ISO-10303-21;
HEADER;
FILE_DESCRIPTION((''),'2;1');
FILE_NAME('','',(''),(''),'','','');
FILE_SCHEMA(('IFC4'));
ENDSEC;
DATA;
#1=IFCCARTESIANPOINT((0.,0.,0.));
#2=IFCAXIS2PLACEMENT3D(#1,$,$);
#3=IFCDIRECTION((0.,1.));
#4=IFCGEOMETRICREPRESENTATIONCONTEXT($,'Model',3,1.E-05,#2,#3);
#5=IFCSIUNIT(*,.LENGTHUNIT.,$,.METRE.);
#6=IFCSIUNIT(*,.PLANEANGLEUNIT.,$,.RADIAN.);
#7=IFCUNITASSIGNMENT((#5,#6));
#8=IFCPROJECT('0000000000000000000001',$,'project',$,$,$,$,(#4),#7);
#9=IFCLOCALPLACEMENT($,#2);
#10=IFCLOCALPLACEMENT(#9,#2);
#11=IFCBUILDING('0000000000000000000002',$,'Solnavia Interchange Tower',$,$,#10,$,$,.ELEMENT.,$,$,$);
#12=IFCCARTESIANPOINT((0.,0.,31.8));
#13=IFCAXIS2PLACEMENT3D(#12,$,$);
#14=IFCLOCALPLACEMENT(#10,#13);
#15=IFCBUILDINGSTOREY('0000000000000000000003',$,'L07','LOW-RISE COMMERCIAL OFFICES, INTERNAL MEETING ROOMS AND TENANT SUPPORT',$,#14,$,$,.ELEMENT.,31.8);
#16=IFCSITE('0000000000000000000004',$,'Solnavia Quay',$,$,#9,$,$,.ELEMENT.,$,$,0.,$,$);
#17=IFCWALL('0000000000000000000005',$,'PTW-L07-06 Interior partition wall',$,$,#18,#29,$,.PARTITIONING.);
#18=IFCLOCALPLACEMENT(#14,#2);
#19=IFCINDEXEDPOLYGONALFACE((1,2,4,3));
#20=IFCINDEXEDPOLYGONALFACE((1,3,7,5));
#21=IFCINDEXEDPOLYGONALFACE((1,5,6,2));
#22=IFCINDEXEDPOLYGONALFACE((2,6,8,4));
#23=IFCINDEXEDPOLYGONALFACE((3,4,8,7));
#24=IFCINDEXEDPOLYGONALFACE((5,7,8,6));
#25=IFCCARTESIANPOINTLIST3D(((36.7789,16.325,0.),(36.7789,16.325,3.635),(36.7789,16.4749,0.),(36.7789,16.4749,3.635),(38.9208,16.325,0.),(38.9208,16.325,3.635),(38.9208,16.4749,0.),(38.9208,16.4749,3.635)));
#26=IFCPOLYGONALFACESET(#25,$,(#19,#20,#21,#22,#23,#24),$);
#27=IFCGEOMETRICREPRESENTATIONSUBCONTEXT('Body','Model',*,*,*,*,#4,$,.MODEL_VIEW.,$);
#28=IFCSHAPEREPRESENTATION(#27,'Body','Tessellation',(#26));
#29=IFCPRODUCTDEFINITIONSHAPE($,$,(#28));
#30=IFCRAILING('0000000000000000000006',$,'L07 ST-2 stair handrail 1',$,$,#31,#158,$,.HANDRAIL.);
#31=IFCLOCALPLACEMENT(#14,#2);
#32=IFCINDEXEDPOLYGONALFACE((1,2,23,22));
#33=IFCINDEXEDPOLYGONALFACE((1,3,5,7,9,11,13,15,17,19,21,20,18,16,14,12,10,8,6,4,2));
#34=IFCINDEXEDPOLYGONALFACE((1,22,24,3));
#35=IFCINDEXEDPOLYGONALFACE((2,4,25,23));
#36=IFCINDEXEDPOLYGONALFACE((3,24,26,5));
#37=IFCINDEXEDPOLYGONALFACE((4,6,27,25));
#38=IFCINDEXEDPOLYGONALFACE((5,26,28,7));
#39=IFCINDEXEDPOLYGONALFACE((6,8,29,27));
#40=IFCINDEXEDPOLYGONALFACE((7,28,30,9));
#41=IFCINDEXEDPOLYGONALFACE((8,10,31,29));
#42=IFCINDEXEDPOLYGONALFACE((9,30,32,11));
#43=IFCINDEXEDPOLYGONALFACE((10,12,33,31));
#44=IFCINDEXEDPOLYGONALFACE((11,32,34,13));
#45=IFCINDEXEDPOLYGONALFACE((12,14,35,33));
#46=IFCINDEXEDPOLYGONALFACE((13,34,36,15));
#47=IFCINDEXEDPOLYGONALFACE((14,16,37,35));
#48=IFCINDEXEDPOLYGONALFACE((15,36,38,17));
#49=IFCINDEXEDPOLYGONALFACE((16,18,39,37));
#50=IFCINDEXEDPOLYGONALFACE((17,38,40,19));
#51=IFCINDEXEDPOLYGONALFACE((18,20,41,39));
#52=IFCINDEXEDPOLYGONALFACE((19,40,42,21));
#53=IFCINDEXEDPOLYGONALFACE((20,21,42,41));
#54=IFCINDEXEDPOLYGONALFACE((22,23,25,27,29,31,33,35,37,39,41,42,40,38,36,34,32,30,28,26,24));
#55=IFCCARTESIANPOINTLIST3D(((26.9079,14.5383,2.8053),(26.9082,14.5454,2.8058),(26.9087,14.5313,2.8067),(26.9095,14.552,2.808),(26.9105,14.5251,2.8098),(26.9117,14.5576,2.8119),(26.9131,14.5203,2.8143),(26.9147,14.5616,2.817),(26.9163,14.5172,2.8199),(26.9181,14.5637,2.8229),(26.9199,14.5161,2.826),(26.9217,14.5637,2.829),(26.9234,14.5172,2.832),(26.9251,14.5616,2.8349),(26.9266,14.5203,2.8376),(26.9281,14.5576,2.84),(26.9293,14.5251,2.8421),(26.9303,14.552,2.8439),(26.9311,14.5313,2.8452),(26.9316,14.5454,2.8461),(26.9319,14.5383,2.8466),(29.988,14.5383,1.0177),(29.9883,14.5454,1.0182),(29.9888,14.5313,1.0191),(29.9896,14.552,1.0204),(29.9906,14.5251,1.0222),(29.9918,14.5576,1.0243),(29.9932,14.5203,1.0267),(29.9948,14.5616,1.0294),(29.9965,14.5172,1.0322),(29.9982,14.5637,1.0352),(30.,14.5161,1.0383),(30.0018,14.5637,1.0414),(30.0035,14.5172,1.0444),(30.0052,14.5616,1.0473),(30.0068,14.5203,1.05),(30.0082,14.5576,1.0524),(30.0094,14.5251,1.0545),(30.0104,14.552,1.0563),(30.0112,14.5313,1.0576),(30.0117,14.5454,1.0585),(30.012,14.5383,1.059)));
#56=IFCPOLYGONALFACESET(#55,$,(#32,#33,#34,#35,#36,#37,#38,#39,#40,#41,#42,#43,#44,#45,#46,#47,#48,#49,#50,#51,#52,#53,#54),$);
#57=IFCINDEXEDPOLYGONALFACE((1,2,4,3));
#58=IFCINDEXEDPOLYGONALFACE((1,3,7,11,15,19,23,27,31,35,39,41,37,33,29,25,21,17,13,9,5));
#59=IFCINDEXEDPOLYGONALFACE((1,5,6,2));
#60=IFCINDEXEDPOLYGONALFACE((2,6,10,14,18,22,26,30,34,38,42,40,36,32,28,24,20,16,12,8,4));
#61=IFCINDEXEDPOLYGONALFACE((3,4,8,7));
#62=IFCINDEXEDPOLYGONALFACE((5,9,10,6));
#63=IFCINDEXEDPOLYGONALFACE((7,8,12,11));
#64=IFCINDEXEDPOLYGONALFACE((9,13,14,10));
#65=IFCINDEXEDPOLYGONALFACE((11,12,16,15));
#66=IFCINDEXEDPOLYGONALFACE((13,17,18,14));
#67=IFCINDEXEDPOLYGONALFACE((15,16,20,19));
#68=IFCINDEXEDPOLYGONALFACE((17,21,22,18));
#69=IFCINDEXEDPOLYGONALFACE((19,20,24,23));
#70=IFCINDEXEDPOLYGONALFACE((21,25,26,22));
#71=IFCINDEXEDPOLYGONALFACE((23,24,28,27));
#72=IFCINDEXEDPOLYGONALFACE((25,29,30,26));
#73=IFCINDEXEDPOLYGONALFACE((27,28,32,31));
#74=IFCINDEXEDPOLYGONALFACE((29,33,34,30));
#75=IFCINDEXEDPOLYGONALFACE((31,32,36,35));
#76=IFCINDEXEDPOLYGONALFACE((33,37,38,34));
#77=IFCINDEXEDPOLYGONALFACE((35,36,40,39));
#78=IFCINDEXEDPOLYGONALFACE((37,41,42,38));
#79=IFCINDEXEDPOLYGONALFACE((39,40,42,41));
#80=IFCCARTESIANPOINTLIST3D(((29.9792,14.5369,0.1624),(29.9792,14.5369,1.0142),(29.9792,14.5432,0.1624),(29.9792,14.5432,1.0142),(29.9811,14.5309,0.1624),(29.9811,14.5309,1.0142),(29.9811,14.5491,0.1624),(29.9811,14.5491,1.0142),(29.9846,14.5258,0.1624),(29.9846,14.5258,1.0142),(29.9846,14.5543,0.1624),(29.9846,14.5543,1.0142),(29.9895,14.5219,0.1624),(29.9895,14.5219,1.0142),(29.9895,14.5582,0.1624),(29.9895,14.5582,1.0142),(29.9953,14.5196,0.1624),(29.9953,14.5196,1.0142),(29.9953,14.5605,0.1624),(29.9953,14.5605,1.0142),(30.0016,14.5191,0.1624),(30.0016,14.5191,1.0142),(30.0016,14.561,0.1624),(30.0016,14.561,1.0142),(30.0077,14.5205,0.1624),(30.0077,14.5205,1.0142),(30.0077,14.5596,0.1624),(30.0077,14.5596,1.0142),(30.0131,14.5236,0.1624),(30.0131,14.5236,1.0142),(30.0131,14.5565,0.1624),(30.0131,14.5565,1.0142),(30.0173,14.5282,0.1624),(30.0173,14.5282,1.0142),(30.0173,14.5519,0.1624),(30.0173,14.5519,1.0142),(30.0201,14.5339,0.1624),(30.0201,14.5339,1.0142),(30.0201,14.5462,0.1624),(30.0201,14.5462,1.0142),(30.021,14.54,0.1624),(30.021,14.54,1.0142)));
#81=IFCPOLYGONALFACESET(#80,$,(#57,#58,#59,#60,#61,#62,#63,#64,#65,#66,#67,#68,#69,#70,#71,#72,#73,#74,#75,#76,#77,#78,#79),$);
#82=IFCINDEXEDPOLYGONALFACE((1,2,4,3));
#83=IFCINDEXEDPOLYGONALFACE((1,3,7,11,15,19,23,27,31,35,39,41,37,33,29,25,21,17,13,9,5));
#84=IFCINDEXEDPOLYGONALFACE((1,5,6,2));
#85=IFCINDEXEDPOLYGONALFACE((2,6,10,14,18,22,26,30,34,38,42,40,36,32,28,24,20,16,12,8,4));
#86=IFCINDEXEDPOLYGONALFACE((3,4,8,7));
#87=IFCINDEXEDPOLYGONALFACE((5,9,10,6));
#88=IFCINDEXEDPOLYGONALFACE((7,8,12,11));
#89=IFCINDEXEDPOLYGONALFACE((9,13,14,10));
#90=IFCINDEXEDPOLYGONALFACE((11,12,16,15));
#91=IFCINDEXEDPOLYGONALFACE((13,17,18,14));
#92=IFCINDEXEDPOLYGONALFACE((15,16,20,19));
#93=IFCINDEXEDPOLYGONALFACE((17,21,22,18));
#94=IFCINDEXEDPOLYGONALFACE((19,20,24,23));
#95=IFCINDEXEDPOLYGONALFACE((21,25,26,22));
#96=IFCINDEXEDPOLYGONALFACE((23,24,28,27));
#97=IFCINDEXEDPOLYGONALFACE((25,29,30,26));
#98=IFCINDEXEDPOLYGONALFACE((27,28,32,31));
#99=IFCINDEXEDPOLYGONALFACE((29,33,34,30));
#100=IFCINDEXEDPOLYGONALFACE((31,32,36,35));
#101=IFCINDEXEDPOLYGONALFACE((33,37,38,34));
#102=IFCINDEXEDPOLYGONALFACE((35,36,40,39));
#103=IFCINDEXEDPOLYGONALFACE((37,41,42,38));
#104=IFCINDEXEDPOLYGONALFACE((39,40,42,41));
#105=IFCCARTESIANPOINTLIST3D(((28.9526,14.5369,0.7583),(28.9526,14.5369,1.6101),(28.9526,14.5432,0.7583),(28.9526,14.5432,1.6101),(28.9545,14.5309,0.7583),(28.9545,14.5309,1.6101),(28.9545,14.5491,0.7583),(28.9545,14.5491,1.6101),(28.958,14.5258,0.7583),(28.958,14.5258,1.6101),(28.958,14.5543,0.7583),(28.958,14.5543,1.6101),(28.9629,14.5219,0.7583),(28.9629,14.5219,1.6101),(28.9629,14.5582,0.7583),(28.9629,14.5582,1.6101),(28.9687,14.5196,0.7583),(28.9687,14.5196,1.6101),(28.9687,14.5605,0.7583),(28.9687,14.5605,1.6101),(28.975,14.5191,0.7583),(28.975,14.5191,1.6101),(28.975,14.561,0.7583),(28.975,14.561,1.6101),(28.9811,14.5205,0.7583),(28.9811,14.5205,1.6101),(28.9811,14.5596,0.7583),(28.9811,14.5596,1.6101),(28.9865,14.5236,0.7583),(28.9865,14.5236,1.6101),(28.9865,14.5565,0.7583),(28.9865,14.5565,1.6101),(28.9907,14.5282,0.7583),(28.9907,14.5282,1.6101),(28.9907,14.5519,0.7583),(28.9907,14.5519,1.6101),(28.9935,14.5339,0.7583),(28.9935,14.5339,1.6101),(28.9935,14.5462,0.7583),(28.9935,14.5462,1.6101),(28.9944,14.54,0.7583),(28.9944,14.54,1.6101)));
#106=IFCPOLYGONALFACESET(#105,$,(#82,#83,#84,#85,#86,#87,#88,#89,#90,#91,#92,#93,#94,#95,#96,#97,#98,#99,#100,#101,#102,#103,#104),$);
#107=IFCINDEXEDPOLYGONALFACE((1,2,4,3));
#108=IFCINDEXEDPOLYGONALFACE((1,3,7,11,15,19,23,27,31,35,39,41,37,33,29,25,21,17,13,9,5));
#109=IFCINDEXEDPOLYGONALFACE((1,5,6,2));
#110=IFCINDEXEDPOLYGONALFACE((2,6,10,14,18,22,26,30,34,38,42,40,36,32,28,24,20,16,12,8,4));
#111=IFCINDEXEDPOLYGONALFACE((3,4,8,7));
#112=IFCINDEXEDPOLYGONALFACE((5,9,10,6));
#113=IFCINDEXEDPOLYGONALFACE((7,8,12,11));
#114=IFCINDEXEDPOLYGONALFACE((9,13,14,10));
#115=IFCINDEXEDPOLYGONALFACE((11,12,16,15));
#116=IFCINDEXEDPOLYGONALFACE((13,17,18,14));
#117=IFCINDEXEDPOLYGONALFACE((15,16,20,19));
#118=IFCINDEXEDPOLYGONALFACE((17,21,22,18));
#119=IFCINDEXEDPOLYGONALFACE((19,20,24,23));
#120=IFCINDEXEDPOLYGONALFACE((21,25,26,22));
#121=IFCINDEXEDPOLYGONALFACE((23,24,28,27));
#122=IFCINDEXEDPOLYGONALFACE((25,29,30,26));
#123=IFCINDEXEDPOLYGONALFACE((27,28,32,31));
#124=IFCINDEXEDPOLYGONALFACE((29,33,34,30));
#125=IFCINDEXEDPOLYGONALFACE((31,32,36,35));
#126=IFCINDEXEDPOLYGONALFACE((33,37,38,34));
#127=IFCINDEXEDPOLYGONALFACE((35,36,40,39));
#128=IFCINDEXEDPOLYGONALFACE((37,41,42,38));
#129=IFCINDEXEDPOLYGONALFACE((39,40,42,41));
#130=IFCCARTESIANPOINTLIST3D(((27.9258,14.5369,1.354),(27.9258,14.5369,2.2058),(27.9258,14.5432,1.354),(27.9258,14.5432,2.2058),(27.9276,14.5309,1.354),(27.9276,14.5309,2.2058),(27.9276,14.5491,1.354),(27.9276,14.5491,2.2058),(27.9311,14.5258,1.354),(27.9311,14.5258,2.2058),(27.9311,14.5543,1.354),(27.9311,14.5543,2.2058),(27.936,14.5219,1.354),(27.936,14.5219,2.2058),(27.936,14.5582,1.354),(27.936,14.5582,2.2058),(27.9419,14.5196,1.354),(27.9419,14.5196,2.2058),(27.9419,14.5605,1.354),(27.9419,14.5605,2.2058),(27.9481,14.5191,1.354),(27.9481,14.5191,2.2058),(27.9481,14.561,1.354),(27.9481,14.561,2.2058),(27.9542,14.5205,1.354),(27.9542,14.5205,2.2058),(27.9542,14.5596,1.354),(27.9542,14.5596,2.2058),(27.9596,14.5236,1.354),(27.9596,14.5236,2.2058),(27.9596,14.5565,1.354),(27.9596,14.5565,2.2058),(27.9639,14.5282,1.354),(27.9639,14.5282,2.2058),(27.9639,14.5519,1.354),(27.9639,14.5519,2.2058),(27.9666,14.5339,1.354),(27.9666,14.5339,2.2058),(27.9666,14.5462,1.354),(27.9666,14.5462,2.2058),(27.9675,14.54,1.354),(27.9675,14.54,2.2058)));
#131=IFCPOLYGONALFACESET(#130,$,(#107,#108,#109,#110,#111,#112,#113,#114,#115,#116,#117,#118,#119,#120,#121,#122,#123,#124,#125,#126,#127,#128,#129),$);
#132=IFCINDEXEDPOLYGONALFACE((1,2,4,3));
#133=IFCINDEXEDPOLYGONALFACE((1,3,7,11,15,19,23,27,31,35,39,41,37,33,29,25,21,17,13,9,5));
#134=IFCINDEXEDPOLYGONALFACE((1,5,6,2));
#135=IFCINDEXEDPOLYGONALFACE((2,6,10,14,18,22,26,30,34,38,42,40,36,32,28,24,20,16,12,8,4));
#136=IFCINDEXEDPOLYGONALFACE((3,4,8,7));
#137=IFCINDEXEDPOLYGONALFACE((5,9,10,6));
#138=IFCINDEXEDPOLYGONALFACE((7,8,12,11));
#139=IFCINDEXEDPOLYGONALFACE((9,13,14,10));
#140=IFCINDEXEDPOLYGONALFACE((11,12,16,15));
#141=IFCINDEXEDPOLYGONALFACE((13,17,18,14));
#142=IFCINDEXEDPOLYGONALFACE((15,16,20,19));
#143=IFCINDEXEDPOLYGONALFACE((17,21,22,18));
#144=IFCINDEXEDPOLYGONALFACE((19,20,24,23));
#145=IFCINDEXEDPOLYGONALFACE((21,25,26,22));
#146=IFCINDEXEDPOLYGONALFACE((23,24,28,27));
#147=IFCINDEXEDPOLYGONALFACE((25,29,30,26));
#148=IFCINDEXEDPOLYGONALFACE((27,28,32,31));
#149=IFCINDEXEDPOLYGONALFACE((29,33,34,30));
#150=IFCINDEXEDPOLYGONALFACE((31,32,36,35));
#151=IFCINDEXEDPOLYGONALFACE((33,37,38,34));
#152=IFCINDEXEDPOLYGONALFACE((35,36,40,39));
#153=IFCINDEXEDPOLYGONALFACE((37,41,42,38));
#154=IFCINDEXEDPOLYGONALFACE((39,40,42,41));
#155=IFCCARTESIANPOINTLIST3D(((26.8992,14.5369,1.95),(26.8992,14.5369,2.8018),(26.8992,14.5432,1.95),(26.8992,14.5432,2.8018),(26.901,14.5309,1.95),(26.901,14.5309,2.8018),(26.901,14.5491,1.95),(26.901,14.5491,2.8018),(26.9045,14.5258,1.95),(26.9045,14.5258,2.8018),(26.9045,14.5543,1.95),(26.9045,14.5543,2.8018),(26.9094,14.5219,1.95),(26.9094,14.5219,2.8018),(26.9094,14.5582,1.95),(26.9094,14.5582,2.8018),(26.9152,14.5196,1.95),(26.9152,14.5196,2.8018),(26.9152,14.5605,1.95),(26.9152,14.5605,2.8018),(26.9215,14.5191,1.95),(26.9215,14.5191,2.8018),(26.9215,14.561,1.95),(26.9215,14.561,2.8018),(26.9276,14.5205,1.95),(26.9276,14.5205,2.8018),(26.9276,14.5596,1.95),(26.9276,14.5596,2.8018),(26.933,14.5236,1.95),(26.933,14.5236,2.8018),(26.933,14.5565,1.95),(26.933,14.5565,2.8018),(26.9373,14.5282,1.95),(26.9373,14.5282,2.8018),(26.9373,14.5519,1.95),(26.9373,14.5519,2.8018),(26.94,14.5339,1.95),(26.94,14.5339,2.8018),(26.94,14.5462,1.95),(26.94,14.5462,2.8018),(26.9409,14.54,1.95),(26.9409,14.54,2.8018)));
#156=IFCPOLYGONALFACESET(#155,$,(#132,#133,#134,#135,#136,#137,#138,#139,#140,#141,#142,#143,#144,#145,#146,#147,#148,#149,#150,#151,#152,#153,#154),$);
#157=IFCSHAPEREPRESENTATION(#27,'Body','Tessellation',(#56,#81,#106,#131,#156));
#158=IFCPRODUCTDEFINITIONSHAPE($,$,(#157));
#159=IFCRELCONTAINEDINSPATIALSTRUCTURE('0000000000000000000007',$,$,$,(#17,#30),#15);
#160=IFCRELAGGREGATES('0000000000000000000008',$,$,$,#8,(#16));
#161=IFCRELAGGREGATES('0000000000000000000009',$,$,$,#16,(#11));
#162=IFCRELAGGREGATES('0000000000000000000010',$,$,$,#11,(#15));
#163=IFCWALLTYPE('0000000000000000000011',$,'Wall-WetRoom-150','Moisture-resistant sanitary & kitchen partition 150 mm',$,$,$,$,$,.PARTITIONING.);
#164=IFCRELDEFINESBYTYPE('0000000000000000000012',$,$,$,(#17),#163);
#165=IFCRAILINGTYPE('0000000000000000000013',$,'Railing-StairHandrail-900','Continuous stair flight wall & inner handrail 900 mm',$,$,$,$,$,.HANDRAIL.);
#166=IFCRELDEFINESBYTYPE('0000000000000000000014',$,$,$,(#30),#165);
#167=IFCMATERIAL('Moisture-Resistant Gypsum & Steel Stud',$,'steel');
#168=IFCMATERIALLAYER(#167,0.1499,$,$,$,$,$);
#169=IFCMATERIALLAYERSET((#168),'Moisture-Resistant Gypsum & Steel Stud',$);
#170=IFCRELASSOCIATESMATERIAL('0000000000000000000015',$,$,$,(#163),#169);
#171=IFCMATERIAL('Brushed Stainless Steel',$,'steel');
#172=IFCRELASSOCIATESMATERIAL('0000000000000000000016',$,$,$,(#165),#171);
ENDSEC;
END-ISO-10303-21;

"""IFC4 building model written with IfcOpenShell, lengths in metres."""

from ifc_helpers import new_model, si_unit, direction, frame, frame_2d, origin, origin_2d, place, context, subcontext, project, spatial, rectangle, circle, extrude, material, layer, layer_set, type_object, element, save


model = new_model("IFC4")

# Units and contexts
model_context = context("Model", 3, precision=1e-05, world=origin(), true_north=direction((0.0, 1.0)))
body_context = subcontext(model_context, "Body", "Model", "MODEL_VIEW")
ifc_project = project(units=[si_unit("LENGTHUNIT", "METRE"), si_unit("PLANEANGLEUNIT", "RADIAN")], contexts=[model_context])

# Site, building, storey
site_placement = place(None, origin())
site = spatial("IfcSite", under=ifc_project, at=site_placement, Name="Solnavia Quay", CompositionType="ELEMENT", RefElevation=0.0)
building_placement = place(site_placement, origin())
building = spatial("IfcBuilding", under=site, at=building_placement, Name="Solnavia Interchange Tower", CompositionType="ELEMENT")
storey_placement = place(building_placement, frame((0.0, 0.0, 31.8)))
storey = spatial("IfcBuildingStorey", under=building, at=storey_placement, Name="L07", Description="LOW-RISE COMMERCIAL OFFICES, INTERNAL MEETING ROOMS AND TENANT SUPPORT", CompositionType="ELEMENT", Elevation=31.8)

# Wall
ifc_material_1 = material(Name="Moisture-Resistant Gypsum & Steel Stud", Category="steel")
ifc_layer_1 = layer(ifc_material_1, 0.1499)
ifc_layer_set_1 = layer_set([ifc_layer_1], Name="Moisture-Resistant Gypsum & Steel Stud")
wall_type_1 = type_object("IfcWallType", Name="Wall-WetRoom-150", Description="Moisture-resistant sanitary & kitchen partition 150 mm", PredefinedType="PARTITIONING", material=ifc_layer_set_1)
wall_1_placement = place(storey_placement, frame((36.7791, 16.3999, 0.0), z_axis=(0.0, 0.0, 1.0), x_axis=(1.0, 0.0, 0.0)))
element("IfcWall", 1, at=wall_1_placement, inside=storey, type_object=wall_type_1, Name="PTW-L07-06 Interior partition wall", PredefinedType="PARTITIONING", context=body_context, shape_type="SweptSolid", body=[
    extrude(rectangle(XDim=2.1418, YDim=0.1499, at=frame_2d((1.0708, 0.0))), origin(), (0.0, 0.0, 1.0), 3.635),
])

# Railing
ifc_material_2 = material(Name="Brushed Stainless Steel", Category="steel")
railing_type = type_object("IfcRailingType", Name="Railing-StairHandrail-900", Description="Continuous stair flight wall & inner handrail 900 mm", PredefinedType="HANDRAIL", material=ifc_material_2)
railing_placement = place(storey_placement, frame((30.0, 14.54, 0.1624)))
element("IfcRailing", 2, at=railing_placement, inside=storey, type_object=railing_type, Name="L07 ST-2 stair handrail 1", PredefinedType="HANDRAIL", context=body_context, shape_type="SweptSolid", body=[
    extrude(circle(Radius=0.0239, at=origin_2d()), frame((0.0, 0.0, 0.876), z_axis=(-0.864891, 0.0, 0.50196), x_axis=(0.0, -1.0, 0.0)), (0.0, 0.0, 1.0), 3.5613),
    extrude(circle(Radius=0.021, at=origin_2d()), origin(), (0.0, 0.0, 1.0), 0.8518),
    extrude(circle(Radius=0.021, at=origin_2d()), frame((-1.0266, 0.0, 0.5959)), (0.0, 0.0, 1.0), 0.8518),
    extrude(circle(Radius=0.021, at=origin_2d()), frame((-2.0535, 0.0, 1.1917)), (0.0, 0.0, 1.0), 0.8518),
    extrude(circle(Radius=0.021, at=origin_2d()), frame((-3.0801, 0.0, 1.7876)), (0.0, 0.0, 1.0), 0.8518),
])

save(model, "model.ifc")
